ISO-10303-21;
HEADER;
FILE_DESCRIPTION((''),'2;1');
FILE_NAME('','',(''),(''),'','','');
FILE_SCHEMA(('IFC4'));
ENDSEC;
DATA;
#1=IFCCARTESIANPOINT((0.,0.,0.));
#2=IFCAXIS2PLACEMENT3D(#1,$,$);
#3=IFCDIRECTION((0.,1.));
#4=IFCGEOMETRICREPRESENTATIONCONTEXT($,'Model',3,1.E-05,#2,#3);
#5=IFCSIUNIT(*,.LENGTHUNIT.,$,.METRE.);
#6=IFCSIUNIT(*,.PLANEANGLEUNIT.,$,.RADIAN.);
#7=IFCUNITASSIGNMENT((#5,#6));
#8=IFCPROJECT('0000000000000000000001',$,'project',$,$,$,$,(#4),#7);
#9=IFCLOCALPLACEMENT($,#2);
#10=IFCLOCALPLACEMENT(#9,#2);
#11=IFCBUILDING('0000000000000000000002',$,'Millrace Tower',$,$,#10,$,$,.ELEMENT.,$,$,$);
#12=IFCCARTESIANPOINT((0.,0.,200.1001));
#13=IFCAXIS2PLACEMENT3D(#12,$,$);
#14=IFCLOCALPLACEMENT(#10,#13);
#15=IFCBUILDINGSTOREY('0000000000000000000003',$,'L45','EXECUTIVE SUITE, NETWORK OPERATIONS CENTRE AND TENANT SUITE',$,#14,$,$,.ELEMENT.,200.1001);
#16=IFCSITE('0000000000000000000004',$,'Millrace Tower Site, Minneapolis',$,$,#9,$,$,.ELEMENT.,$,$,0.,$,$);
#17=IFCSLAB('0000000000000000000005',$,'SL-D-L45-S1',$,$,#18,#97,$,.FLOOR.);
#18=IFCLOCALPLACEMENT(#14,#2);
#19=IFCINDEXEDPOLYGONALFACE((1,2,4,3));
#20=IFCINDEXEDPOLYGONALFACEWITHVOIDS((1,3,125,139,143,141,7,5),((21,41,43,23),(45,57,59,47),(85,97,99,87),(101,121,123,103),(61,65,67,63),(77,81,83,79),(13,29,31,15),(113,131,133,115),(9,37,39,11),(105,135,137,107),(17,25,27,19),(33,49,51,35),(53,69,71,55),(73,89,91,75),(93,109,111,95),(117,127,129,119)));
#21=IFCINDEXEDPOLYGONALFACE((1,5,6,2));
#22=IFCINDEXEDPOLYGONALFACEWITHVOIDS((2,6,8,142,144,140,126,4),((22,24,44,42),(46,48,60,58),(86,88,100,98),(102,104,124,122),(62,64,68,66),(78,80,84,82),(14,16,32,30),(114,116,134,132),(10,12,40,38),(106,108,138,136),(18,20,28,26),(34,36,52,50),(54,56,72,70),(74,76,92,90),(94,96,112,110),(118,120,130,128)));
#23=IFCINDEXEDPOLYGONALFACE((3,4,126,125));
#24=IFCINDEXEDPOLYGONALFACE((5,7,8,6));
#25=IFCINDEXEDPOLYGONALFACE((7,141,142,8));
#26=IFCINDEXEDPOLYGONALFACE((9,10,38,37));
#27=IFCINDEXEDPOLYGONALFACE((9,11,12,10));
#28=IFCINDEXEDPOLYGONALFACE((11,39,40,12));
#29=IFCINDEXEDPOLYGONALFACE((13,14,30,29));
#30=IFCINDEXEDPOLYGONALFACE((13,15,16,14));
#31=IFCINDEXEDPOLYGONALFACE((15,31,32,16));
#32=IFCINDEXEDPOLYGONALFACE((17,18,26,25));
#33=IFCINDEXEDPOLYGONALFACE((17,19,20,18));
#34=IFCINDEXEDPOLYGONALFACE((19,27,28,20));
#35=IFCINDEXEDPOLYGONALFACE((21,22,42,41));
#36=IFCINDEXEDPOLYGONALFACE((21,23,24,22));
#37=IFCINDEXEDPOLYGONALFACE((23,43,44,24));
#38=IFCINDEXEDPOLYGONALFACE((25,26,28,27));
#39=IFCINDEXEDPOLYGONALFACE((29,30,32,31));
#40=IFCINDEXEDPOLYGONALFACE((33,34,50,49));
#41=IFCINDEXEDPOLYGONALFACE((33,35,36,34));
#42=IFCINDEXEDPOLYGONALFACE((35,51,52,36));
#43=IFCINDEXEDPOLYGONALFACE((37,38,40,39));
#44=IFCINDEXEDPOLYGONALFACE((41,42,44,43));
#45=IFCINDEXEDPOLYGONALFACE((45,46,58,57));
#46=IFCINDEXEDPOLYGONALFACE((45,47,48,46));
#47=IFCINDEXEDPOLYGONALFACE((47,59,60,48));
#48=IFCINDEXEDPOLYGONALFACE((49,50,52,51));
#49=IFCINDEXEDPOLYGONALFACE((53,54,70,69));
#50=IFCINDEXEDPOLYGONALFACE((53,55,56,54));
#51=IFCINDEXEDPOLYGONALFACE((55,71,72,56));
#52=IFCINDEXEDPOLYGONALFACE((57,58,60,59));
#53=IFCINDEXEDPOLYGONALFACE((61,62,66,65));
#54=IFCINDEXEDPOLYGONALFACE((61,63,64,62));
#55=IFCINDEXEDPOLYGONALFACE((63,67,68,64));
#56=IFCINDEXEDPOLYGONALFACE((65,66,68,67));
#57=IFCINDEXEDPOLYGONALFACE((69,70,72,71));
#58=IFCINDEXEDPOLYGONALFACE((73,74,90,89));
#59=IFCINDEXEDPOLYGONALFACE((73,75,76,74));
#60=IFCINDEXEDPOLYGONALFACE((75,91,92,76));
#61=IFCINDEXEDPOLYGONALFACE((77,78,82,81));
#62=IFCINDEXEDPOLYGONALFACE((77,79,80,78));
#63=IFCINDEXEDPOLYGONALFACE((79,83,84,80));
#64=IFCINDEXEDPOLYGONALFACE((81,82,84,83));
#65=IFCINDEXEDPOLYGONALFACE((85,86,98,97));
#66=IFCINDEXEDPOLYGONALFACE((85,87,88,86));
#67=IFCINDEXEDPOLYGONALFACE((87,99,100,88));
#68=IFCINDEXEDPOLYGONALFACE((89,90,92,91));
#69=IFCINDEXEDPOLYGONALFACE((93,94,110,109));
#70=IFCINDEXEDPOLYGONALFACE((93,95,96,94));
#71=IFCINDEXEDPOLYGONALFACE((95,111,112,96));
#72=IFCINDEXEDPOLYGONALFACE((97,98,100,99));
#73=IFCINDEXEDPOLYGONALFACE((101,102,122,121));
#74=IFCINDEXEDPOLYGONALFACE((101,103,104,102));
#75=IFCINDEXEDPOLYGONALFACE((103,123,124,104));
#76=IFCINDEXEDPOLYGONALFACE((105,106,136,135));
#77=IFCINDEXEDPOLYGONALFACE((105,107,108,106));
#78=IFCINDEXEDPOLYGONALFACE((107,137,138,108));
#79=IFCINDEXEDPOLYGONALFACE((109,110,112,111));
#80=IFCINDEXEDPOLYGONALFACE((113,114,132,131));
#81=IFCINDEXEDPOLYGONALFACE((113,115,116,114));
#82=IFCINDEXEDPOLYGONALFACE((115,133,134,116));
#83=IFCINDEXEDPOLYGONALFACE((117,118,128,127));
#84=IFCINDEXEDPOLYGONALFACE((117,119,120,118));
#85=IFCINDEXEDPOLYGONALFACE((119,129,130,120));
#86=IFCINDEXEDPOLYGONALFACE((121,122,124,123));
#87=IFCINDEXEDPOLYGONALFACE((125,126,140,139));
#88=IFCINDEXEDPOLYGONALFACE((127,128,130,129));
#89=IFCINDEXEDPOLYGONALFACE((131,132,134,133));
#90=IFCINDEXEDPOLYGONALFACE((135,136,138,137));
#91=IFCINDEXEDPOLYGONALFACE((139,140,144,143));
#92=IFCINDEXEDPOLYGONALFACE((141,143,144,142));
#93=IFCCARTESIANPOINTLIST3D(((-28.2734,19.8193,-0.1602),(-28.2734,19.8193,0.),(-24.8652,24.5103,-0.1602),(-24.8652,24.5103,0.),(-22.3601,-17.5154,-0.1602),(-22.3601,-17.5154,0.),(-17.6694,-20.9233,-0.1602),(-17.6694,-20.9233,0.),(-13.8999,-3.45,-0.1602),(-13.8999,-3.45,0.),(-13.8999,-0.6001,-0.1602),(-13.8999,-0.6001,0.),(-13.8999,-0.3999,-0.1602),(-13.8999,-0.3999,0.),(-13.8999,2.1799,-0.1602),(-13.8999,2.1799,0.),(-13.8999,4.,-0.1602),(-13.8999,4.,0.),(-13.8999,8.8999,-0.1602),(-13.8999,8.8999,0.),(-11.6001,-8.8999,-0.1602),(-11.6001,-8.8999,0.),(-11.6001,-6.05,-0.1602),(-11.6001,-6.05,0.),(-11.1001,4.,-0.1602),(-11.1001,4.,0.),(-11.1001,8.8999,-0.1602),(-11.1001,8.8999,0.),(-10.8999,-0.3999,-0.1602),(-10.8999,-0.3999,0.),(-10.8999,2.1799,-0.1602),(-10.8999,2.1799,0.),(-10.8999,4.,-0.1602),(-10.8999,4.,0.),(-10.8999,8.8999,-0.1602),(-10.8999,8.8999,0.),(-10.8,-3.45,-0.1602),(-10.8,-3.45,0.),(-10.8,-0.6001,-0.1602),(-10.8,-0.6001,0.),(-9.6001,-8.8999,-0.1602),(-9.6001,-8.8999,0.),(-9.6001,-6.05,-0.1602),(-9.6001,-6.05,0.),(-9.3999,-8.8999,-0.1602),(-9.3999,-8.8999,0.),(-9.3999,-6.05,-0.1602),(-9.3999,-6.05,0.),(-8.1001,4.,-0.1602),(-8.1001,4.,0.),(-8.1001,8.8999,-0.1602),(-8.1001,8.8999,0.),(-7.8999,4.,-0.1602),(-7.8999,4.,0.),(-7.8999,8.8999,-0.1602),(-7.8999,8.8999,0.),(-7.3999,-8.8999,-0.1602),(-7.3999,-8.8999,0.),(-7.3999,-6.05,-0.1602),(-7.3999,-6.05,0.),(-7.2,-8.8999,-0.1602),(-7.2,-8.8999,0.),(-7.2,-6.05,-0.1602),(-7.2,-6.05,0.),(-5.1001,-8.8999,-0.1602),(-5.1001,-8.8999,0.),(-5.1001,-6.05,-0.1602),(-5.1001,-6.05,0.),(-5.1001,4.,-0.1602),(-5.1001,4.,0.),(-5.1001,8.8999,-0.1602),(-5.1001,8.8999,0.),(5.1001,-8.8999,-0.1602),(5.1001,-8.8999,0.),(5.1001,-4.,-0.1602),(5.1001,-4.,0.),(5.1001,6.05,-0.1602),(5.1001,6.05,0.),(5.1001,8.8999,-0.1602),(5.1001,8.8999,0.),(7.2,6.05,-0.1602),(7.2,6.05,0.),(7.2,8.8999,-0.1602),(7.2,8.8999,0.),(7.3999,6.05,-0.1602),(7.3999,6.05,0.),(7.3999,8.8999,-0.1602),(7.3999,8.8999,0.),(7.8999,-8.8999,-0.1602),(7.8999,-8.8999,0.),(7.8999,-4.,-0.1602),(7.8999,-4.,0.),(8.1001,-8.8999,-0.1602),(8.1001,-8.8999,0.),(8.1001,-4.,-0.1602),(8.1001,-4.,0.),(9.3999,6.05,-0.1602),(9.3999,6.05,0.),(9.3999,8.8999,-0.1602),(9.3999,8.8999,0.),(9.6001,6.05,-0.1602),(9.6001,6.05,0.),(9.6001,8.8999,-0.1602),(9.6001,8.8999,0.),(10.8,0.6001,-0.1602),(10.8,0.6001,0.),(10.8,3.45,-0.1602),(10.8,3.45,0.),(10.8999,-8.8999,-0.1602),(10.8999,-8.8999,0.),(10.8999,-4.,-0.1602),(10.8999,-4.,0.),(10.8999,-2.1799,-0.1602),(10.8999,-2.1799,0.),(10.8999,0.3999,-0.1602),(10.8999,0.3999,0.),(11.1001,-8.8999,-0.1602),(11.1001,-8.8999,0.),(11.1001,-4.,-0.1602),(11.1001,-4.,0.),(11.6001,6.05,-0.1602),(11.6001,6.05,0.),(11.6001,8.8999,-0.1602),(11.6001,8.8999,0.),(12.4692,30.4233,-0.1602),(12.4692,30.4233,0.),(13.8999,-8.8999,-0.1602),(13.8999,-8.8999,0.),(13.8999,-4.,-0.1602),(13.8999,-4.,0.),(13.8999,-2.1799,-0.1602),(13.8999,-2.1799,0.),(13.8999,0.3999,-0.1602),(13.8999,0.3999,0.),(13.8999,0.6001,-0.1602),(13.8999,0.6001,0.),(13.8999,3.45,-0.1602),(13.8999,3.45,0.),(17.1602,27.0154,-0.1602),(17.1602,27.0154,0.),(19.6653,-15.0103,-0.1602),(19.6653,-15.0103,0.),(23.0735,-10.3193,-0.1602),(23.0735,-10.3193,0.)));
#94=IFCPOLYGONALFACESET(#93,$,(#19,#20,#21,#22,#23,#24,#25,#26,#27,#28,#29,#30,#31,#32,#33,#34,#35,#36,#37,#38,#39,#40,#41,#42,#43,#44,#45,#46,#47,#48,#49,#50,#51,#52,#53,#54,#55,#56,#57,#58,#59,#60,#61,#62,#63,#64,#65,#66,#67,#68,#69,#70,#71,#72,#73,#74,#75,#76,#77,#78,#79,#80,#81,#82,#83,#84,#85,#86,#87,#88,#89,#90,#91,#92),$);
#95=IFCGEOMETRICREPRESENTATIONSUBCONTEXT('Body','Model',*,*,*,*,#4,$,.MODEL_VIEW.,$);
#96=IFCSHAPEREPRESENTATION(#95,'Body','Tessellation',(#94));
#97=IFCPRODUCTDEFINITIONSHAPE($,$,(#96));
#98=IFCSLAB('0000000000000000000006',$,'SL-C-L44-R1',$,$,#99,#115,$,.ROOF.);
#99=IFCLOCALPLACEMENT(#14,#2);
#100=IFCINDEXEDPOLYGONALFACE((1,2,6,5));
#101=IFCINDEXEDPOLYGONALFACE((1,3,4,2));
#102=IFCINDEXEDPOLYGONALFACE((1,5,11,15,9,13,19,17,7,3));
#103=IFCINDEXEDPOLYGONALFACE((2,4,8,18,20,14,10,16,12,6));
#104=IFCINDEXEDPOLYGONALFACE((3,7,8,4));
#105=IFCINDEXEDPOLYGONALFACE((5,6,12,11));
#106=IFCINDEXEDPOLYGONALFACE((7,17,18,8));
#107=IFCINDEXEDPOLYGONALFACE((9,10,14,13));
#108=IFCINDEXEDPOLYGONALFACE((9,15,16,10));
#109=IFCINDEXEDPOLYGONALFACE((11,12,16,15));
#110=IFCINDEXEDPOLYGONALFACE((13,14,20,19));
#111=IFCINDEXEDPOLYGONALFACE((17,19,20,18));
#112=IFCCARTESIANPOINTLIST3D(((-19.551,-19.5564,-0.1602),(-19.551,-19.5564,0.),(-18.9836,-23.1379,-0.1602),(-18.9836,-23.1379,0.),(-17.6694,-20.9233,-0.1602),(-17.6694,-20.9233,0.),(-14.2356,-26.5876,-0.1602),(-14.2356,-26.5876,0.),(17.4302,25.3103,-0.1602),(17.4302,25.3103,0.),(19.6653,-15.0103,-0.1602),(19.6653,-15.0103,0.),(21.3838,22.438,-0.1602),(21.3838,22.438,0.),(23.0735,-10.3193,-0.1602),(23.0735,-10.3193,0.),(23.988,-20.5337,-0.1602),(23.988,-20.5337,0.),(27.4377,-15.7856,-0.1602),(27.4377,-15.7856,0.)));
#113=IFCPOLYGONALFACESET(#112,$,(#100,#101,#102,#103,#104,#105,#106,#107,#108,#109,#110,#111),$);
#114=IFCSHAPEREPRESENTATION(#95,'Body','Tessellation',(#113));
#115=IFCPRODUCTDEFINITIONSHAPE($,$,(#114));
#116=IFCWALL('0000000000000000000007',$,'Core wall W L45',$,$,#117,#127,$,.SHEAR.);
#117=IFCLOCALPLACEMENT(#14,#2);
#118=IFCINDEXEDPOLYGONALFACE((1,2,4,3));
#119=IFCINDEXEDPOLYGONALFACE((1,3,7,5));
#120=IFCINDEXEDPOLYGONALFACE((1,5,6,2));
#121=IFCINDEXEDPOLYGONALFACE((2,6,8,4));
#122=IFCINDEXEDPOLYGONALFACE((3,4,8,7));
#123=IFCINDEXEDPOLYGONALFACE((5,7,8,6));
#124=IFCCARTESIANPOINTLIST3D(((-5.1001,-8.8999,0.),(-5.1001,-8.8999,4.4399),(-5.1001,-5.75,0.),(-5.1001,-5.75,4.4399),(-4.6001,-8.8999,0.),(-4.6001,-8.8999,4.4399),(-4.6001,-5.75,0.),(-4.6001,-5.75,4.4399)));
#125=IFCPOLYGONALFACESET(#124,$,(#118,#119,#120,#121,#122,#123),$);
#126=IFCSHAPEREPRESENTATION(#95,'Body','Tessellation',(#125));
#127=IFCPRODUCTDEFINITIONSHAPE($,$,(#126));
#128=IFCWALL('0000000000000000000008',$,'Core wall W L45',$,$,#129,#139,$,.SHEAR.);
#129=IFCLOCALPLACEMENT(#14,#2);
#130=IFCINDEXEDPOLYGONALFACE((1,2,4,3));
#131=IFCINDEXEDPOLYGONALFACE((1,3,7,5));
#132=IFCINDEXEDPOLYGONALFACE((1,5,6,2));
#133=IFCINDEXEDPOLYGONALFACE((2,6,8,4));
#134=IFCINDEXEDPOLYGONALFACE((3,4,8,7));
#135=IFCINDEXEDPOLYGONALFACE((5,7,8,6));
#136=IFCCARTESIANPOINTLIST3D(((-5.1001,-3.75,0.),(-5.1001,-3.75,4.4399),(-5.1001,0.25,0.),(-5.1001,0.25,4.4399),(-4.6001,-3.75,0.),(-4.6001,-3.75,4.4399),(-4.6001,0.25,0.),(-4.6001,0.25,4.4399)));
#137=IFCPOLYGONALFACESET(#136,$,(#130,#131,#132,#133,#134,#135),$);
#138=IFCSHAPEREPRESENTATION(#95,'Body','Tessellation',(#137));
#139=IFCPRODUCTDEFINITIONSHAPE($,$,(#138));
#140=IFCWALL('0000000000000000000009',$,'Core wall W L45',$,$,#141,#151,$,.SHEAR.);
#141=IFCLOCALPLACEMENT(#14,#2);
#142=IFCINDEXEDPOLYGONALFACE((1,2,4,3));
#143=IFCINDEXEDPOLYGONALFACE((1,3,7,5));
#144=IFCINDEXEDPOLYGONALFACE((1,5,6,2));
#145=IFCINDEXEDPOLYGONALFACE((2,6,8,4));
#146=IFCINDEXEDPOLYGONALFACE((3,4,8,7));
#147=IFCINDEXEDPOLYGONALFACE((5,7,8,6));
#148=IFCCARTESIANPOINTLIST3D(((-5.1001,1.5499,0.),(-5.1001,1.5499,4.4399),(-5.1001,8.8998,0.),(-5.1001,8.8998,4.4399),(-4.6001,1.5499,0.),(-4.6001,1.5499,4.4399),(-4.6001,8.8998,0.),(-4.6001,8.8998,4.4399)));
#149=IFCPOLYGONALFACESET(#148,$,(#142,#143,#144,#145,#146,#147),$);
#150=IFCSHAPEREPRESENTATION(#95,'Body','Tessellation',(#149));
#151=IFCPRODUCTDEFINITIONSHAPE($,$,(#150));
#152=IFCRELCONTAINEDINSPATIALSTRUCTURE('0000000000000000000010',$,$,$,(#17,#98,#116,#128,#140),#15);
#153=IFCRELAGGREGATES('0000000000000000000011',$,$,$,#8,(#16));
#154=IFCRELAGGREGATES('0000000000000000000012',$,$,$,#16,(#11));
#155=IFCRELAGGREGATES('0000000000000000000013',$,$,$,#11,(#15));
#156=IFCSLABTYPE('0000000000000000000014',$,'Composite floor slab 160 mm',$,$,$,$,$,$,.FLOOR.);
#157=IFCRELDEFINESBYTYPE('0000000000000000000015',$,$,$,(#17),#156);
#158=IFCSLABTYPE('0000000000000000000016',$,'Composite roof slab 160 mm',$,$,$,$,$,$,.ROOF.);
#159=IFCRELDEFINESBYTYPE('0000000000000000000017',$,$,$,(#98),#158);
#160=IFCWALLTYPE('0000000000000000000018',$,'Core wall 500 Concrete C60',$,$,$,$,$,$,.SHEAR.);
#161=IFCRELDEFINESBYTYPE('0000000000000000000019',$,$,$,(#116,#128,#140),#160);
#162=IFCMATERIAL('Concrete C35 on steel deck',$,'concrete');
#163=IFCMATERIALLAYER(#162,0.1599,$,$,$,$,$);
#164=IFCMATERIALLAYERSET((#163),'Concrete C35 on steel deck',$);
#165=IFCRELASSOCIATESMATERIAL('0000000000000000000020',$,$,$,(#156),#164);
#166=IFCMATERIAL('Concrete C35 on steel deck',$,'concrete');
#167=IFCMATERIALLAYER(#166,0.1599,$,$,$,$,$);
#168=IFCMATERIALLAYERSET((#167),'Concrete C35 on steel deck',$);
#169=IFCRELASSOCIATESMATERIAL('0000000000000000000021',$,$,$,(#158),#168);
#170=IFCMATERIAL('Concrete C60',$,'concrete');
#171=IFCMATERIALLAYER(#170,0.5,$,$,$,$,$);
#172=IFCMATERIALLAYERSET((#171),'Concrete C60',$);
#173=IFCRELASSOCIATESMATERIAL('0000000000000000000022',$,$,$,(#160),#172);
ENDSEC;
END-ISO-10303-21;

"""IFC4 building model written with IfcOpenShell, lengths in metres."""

from ifc_helpers import new_model, si_unit, direction, frame, frame_2d, origin, place, context, subcontext, project, spatial, polyline, rectangle, outline, extrude, material, layer, layer_set, type_object, element, save


model = new_model("IFC4")

# Units and contexts
model_context = context("Model", 3, precision=1e-05, world=origin(), true_north=direction((0.0, 1.0)))
body_context = subcontext(model_context, "Body", "Model", "MODEL_VIEW")
ifc_project = project(units=[si_unit("LENGTHUNIT", "METRE"), si_unit("PLANEANGLEUNIT", "RADIAN")], contexts=[model_context])

# Site, building, storey
site_placement = place(None, origin())
site = spatial("IfcSite", under=ifc_project, at=site_placement, Name="Millrace Tower Site, Minneapolis", CompositionType="ELEMENT", RefElevation=0.0)
building_placement = place(site_placement, origin())
building = spatial("IfcBuilding", under=site, at=building_placement, Name="Millrace Tower", CompositionType="ELEMENT")
storey_placement = place(building_placement, frame((0.0, 0.0, 200.1001)))
storey = spatial("IfcBuildingStorey", under=building, at=storey_placement, Name="L45", Description="EXECUTIVE SUITE, NETWORK OPERATIONS CENTRE AND TENANT SUITE", CompositionType="ELEMENT", Elevation=200.1001)

# Slabs
ifc_material_1 = material(Name="Concrete C35 on steel deck", Category="concrete")
ifc_layer_1 = layer(ifc_material_1, 0.1599)
ifc_layer_set_1 = layer_set([ifc_layer_1], Name="Concrete C35 on steel deck")
slab_type_1 = type_object("IfcSlabType", Name="Composite floor slab 160 mm", PredefinedType="FLOOR", material=ifc_layer_set_1)
placement_1 = place(storey_placement, frame((0.0, 0.0, -0.1602)))
element("IfcSlab", 1, at=placement_1, inside=storey, type_object=slab_type_1, Name="SL-D-L45-S1", PredefinedType="FLOOR", context=body_context, shape_type="SweptSolid", body=[
    extrude(outline(polyline([(-22.3601, -17.5154), (-17.6694, -20.9233), (19.6653, -15.0103), (23.0735, -10.3193), (17.1602, 27.0154), (12.4692, 30.4233), (-24.8652, 24.5103), (-28.2734, 19.8193), (-22.3601, -17.5154)]), holes=[polyline([(-11.6001, -8.8999), (-9.6001, -8.8999), (-9.6001, -6.05), (-11.6001, -6.05), (-11.6001, -8.8999)]), polyline([(-9.3999, -8.8999), (-7.3999, -8.8999), (-7.3999, -6.05), (-9.3999, -6.05), (-9.3999, -8.8999)]), polyline([(-7.2, -8.8999), (-5.1001, -8.8999), (-5.1001, -6.05), (-7.2, -6.05), (-7.2, -8.8999)]), polyline([(-13.8999, -3.45), (-10.8, -3.45), (-10.8, -0.6001), (-13.8999, -0.6001), (-13.8999, -3.45)]), polyline([(-13.8999, -0.3999), (-10.8999, -0.3999), (-10.8999, 2.1799), (-13.8999, 2.1799), (-13.8999, -0.3999)]), polyline([(-13.8999, 4.0), (-11.1001, 4.0), (-11.1001, 8.8999), (-13.8999, 8.8999), (-13.8999, 4.0)]), polyline([(-10.8999, 4.0), (-8.1001, 4.0), (-8.1001, 8.8999), (-10.8999, 8.8999), (-10.8999, 4.0)]), polyline([(-7.8999, 4.0), (-5.1001, 4.0), (-5.1001, 8.8999), (-7.8999, 8.8999), (-7.8999, 4.0)]), polyline([(9.6001, 6.05), (11.6001, 6.05), (11.6001, 8.8999), (9.6001, 8.8999), (9.6001, 6.05)]), polyline([(7.3999, 6.05), (9.3999, 6.05), (9.3999, 8.8999), (7.3999, 8.8999), (7.3999, 6.05)]), polyline([(5.1001, 6.05), (7.2, 6.05), (7.2, 8.8999), (5.1001, 8.8999), (5.1001, 6.05)]), polyline([(10.8, 0.6001), (13.8999, 0.6001), (13.8999, 3.45), (10.8, 3.45), (10.8, 0.6001)]), polyline([(10.8999, -2.1799), (13.8999, -2.1799), (13.8999, 0.3999), (10.8999, 0.3999), (10.8999, -2.1799)]), polyline([(11.1001, -8.8999), (13.8999, -8.8999), (13.8999, -4.0), (11.1001, -4.0), (11.1001, -8.8999)]), polyline([(8.1001, -8.8999), (10.8999, -8.8999), (10.8999, -4.0), (8.1001, -4.0), (8.1001, -8.8999)]), polyline([(5.1001, -8.8999), (7.8999, -8.8999), (7.8999, -4.0), (5.1001, -4.0), (5.1001, -8.8999)])]), origin(), (0.0, 0.0, 1.0), 0.1602),
])
ifc_material_2 = material(Name="Concrete C35 on steel deck", Category="concrete")
ifc_layer_2 = layer(ifc_material_2, 0.1599)
ifc_layer_set_2 = layer_set([ifc_layer_2], Name="Concrete C35 on steel deck")
slab_type_2 = type_object("IfcSlabType", Name="Composite roof slab 160 mm", PredefinedType="ROOF", material=ifc_layer_set_2)
element("IfcSlab", 2, at=placement_1, inside=storey, type_object=slab_type_2, Name="SL-C-L44-R1", PredefinedType="ROOF", context=body_context, shape_type="SweptSolid", body=[
    extrude(outline(polyline([(21.3838, 22.438), (27.4377, -15.7856), (23.988, -20.5337), (-14.2356, -26.5876), (-18.9836, -23.1379), (-19.551, -19.5564), (-17.6694, -20.9233), (19.6653, -15.0103), (23.0735, -10.3193), (17.4302, 25.3103), (21.3838, 22.438)])), origin(), (0.0, 0.0, 1.0), 0.1602),
])

# Walls
ifc_material_3 = material(Name="Concrete C60", Category="concrete")
ifc_layer_3 = layer(ifc_material_3, 0.5)
ifc_layer_set_3 = layer_set([ifc_layer_3], Name="Concrete C60")
wall_type_1 = type_object("IfcWallType", Name="Core wall 500 Concrete C60", PredefinedType="SHEAR", material=ifc_layer_set_3)
wall_1_placement = place(storey_placement, frame((-4.8501, -8.8999, 0.0), z_axis=(0.0, 0.0, 1.0), x_axis=(0.0, 1.0, 0.0)))
element("IfcWall", 3, at=wall_1_placement, inside=storey, type_object=wall_type_1, Name="Core wall W L45", PredefinedType="SHEAR", context=body_context, shape_type="SweptSolid", body=[
    extrude(rectangle(XDim=3.1499, YDim=0.5, at=frame_2d((1.575, 0.0))), origin(), (0.0, 0.0, 1.0), 4.4399),
])
wall_2_placement = place(storey_placement, frame((-4.8501, -3.75, 0.0), z_axis=(0.0, 0.0, 1.0), x_axis=(0.0, 1.0, 0.0)))
element("IfcWall", 4, at=wall_2_placement, inside=storey, type_object=wall_type_1, Name="Core wall W L45", PredefinedType="SHEAR", context=body_context, shape_type="SweptSolid", body=[
    extrude(rectangle(XDim=4.0, YDim=0.5, at=frame_2d((2.0, 0.0))), origin(), (0.0, 0.0, 1.0), 4.4399),
])
wall_3_placement = place(storey_placement, frame((-4.8501, 1.55, 0.0), z_axis=(0.0, 0.0, 1.0), x_axis=(0.0, 1.0, 0.0)))
element("IfcWall", 5, at=wall_3_placement, inside=storey, type_object=wall_type_1, Name="Core wall W L45", PredefinedType="SHEAR", context=body_context, shape_type="SweptSolid", body=[
    extrude(rectangle(XDim=7.3499, YDim=0.5, at=frame_2d((3.6748, 0.0))), origin(), (0.0, 0.0, 1.0), 4.4399),
])

save(model, "model.ifc")
